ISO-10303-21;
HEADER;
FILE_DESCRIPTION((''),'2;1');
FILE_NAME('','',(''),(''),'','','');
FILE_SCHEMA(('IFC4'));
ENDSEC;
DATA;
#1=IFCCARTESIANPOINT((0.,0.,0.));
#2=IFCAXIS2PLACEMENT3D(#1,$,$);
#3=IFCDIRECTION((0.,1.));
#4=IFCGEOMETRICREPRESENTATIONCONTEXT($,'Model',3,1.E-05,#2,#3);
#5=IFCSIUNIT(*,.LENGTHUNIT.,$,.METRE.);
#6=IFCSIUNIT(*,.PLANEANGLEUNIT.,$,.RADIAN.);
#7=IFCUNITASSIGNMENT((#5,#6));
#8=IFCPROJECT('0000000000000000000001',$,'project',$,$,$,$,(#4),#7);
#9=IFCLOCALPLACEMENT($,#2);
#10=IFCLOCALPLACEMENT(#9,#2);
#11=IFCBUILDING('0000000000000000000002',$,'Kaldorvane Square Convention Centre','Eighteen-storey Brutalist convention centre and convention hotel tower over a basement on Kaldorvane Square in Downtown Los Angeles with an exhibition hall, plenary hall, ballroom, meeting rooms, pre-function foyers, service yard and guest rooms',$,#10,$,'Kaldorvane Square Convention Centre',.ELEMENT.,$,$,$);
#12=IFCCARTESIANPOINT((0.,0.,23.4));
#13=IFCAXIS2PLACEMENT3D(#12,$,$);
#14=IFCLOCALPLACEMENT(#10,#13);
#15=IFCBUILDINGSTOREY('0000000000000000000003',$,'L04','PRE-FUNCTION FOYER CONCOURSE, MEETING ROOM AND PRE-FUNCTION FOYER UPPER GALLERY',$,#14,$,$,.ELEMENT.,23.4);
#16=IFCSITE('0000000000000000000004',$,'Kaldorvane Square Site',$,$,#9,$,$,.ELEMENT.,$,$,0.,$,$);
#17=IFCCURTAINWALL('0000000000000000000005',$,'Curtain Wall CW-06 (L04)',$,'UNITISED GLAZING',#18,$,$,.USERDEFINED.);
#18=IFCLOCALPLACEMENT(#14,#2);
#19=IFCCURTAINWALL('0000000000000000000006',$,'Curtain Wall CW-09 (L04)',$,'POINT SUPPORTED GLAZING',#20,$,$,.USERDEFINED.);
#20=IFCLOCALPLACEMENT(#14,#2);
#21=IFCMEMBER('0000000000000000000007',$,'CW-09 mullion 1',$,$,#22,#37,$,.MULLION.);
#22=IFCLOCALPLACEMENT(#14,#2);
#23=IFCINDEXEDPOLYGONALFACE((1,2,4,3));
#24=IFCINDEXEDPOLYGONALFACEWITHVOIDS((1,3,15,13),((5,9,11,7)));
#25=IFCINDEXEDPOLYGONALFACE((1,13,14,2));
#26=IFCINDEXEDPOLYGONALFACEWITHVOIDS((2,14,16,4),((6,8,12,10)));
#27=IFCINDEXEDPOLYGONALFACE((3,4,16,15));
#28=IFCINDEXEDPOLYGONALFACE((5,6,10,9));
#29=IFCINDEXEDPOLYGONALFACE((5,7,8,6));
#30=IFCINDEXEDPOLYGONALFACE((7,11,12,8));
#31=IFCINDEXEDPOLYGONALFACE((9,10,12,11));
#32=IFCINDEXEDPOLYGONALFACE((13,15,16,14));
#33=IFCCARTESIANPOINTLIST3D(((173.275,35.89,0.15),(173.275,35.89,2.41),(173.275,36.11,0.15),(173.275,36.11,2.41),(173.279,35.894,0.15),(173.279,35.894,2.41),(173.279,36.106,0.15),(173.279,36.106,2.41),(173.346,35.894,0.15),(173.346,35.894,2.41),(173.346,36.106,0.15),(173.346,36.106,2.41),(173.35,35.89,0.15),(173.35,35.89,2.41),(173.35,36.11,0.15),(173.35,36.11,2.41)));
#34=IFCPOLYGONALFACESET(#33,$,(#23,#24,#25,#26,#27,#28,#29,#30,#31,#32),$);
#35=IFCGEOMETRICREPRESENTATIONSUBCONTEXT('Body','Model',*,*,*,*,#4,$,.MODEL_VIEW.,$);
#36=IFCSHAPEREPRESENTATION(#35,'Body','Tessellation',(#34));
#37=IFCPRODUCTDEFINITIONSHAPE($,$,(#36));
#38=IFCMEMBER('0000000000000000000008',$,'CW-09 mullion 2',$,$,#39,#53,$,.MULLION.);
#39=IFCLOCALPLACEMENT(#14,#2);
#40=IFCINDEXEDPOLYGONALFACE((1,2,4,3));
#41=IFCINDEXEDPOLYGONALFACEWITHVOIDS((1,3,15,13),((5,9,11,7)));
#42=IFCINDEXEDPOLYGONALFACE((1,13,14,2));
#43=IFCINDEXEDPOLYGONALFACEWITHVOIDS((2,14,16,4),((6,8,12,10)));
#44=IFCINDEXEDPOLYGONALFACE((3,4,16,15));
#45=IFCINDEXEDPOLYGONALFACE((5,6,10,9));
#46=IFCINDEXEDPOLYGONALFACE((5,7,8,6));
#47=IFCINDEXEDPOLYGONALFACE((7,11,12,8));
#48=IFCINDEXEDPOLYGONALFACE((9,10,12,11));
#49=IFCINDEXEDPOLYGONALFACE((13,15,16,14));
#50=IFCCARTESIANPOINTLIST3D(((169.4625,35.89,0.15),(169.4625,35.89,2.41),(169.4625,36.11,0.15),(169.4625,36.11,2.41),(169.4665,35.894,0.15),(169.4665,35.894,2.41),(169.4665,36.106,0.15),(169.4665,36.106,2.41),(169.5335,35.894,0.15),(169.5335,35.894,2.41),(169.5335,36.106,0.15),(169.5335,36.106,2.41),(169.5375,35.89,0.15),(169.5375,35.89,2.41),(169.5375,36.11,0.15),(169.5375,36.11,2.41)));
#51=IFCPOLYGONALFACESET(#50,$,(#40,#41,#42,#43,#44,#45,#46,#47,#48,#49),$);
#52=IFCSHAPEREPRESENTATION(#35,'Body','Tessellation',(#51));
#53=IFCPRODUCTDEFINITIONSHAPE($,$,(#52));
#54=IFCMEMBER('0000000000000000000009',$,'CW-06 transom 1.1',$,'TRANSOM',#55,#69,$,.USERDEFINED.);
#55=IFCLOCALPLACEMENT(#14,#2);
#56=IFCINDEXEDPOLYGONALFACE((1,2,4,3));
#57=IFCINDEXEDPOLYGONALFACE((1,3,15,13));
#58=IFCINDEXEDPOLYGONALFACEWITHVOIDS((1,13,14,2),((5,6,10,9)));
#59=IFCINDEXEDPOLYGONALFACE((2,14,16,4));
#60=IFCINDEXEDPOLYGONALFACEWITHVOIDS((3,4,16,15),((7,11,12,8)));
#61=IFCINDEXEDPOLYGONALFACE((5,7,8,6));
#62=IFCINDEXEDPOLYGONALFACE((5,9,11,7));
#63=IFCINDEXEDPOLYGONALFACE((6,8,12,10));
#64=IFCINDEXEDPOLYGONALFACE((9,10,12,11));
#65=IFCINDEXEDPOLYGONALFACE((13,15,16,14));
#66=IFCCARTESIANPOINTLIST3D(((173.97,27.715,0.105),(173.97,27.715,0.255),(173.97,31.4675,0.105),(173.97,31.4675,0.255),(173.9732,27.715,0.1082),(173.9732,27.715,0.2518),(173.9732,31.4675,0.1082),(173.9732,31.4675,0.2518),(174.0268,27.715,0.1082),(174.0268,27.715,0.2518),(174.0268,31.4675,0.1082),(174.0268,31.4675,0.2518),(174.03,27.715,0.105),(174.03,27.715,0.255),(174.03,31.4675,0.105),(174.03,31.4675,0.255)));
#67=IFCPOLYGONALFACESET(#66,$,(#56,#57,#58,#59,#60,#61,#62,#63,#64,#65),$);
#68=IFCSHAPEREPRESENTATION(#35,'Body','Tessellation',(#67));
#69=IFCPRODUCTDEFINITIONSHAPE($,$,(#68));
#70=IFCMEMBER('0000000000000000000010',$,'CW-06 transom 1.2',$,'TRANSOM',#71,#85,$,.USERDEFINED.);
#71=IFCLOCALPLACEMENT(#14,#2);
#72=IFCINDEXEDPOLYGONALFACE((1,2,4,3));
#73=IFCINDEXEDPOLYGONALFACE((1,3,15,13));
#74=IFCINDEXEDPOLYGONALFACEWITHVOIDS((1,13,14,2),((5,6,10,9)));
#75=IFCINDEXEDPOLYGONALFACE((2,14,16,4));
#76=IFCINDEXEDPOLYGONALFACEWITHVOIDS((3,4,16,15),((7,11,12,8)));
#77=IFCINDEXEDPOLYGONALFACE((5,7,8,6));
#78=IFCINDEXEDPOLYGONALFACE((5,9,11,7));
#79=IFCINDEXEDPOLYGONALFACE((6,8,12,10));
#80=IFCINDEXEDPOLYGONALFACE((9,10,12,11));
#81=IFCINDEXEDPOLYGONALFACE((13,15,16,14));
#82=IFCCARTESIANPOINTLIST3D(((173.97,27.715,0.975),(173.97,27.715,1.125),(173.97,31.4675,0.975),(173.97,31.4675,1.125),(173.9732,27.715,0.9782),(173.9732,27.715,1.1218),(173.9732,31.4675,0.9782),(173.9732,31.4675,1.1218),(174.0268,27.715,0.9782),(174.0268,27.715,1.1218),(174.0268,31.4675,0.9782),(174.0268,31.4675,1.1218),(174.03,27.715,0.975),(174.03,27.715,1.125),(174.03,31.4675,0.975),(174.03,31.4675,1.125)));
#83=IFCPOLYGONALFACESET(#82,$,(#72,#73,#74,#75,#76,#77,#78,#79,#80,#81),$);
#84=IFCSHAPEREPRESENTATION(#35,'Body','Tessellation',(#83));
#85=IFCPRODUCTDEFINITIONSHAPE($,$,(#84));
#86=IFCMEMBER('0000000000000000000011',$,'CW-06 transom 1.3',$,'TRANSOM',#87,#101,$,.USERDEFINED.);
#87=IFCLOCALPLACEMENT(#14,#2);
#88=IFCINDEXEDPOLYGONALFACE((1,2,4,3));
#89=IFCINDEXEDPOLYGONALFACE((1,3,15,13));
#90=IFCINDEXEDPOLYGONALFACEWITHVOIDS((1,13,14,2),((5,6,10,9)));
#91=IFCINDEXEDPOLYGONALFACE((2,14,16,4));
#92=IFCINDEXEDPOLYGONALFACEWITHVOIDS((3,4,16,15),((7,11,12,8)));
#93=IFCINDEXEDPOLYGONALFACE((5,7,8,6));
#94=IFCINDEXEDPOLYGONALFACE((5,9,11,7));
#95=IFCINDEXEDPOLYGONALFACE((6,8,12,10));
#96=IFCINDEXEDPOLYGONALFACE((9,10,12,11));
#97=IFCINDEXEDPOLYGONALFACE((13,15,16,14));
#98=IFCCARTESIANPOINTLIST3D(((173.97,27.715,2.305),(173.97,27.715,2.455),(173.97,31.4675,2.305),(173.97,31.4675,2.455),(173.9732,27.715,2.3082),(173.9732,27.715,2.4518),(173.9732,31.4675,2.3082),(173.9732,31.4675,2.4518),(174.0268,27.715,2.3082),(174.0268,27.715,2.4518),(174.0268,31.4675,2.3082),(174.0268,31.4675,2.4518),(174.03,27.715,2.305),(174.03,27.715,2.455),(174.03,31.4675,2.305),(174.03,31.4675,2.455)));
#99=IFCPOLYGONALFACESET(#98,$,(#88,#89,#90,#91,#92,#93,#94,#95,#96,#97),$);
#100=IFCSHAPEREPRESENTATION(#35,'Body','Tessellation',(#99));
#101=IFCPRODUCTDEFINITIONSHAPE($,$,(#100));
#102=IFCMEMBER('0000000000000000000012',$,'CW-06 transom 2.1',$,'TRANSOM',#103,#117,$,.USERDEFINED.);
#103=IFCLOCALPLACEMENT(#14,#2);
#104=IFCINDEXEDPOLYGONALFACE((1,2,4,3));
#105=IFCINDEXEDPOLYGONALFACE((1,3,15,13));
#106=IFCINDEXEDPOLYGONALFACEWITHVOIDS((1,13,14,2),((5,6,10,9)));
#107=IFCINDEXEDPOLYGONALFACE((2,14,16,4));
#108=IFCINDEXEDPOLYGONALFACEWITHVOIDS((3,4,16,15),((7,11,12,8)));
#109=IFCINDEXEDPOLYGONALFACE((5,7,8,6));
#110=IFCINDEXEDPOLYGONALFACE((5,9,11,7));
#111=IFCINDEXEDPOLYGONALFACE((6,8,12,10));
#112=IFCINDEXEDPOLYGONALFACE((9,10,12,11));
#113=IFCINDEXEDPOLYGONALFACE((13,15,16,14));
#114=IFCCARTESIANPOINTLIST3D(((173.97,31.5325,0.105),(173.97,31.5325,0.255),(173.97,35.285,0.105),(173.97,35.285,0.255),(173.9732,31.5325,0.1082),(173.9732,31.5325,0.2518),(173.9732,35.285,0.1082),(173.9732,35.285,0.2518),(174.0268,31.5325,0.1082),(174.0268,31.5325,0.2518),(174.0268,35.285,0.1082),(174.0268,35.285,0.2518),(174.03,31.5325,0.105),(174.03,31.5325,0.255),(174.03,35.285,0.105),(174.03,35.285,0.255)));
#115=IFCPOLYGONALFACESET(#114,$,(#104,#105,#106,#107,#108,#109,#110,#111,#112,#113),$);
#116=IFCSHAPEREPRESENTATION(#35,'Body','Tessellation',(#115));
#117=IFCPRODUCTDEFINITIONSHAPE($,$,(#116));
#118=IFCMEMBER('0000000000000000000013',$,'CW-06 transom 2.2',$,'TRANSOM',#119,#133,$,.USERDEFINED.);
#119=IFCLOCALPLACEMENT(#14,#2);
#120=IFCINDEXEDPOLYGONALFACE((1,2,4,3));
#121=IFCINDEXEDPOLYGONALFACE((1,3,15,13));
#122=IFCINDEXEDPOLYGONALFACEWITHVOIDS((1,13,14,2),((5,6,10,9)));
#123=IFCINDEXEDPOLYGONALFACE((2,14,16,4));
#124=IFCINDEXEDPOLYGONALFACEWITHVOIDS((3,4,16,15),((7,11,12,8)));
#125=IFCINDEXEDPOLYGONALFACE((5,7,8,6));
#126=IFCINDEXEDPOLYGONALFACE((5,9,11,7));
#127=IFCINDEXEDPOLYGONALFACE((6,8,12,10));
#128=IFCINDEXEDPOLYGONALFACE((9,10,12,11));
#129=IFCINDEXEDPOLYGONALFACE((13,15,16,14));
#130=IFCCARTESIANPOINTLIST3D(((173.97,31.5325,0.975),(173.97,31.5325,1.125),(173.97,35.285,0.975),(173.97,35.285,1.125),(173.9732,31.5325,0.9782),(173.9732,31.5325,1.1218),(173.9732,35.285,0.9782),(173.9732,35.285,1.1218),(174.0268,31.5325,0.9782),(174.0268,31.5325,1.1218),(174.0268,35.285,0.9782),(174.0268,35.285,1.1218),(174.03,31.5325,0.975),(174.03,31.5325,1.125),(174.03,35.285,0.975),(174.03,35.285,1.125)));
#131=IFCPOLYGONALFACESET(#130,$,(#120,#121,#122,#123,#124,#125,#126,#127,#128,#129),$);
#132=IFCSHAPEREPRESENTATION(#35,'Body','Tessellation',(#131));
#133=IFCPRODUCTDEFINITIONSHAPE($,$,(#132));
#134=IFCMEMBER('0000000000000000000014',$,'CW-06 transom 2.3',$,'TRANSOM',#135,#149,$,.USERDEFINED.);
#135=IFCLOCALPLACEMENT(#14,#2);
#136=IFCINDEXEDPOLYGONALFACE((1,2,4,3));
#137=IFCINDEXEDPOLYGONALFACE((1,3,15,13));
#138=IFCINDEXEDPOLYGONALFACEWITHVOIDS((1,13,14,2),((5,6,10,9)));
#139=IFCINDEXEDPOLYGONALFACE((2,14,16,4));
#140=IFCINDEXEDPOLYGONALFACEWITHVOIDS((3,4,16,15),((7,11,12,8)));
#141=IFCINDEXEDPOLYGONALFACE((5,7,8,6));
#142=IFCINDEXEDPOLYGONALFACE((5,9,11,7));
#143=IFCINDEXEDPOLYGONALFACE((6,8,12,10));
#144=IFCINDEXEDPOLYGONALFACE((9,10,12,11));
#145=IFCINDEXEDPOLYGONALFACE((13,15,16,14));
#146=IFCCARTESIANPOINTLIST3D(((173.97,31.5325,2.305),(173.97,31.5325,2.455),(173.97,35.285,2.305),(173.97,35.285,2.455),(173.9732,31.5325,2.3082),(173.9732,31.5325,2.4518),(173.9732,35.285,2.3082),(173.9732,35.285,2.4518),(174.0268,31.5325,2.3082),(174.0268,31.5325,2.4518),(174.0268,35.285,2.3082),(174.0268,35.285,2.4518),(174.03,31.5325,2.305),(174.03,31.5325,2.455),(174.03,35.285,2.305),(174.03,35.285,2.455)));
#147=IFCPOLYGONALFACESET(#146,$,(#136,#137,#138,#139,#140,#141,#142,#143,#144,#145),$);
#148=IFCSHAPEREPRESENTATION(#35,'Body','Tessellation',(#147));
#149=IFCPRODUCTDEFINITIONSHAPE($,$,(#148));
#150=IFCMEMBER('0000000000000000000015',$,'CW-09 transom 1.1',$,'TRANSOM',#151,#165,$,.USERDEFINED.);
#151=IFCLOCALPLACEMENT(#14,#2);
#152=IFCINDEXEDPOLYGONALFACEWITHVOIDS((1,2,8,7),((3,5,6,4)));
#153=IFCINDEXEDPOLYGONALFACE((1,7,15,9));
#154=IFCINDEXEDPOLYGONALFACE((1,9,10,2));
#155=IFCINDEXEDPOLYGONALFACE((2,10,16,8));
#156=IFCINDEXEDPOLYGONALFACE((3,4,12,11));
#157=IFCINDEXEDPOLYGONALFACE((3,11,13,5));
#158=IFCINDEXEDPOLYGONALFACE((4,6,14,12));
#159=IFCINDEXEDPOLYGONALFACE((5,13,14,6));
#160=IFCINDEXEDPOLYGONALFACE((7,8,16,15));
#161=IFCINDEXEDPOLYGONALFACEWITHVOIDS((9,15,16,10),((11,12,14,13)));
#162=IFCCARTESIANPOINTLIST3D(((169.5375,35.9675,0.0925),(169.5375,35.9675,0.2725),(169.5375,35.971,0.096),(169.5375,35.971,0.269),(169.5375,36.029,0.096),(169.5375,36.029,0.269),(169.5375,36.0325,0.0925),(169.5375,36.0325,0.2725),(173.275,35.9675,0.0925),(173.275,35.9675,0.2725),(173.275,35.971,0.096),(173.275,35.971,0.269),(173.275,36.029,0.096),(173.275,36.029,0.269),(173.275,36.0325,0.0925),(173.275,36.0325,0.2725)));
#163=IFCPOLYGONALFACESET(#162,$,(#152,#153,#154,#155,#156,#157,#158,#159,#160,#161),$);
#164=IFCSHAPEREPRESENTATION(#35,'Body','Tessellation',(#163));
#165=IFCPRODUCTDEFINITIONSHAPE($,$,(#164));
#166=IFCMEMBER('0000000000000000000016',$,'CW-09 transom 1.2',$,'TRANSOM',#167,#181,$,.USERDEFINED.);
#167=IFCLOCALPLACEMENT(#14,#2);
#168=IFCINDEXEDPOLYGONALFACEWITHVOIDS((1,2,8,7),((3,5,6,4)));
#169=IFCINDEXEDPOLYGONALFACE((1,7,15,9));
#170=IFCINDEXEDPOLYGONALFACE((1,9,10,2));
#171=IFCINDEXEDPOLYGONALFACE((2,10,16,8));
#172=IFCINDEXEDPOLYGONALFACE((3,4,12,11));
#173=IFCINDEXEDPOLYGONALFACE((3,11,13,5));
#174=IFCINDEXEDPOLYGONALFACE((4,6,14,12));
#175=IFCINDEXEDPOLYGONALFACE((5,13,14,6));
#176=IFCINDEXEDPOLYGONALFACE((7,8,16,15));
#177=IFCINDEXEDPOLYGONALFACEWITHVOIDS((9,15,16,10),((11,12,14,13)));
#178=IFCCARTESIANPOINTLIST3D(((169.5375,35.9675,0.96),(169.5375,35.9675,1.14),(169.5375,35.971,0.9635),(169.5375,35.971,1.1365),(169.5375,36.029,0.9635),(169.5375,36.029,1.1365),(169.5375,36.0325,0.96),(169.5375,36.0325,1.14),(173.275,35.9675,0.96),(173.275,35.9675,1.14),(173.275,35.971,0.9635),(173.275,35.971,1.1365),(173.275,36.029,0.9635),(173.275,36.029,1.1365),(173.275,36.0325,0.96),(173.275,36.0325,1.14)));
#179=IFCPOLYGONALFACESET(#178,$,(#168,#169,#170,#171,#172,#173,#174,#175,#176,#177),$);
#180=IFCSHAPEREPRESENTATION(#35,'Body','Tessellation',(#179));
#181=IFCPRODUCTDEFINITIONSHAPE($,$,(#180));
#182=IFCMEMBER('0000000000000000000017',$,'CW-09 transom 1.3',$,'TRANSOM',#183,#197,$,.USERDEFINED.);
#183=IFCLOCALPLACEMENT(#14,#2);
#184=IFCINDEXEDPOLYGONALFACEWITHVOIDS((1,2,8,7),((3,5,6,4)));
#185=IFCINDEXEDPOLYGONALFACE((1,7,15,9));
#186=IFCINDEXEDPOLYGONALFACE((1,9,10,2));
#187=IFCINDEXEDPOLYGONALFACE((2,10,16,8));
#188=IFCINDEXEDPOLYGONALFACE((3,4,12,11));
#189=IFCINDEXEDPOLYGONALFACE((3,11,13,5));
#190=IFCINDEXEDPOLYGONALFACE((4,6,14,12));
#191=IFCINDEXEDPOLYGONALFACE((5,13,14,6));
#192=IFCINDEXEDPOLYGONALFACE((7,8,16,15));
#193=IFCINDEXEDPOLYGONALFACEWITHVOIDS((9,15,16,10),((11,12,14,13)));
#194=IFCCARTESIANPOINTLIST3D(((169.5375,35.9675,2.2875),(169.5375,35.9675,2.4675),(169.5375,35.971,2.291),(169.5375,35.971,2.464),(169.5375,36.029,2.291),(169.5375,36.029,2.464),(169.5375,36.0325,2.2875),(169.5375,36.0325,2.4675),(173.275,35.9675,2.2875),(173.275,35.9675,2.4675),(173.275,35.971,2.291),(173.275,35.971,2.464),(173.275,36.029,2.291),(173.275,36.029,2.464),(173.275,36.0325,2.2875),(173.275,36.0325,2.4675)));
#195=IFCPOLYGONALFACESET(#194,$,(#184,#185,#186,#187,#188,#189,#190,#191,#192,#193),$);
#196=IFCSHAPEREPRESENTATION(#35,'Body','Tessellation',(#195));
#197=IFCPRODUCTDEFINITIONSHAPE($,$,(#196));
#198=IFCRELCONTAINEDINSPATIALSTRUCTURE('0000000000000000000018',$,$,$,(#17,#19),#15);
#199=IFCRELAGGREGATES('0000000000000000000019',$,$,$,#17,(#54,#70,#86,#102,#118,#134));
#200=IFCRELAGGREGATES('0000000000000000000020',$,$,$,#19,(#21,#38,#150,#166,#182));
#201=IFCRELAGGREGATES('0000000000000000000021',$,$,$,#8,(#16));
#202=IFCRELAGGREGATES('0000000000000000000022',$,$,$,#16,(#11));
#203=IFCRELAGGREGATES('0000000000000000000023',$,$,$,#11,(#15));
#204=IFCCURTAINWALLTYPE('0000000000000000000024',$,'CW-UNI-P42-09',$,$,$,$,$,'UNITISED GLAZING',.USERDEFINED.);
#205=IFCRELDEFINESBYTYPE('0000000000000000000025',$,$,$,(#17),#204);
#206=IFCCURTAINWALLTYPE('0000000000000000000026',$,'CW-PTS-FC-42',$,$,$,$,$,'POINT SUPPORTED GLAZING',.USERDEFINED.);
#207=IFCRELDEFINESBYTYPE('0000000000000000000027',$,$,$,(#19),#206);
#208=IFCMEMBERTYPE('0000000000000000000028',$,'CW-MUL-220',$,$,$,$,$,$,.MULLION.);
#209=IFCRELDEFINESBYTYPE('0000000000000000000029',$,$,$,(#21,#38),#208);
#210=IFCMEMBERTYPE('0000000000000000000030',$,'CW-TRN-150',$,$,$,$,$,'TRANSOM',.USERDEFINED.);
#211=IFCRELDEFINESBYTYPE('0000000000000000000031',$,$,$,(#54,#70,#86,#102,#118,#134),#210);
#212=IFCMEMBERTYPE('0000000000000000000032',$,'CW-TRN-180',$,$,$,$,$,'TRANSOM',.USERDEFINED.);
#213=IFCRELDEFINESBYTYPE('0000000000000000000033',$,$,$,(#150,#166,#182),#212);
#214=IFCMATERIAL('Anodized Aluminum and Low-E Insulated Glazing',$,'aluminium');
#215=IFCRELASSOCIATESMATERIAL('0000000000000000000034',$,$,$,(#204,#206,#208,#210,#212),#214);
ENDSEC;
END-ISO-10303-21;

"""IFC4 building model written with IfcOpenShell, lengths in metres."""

from ifc_helpers import new_model, si_unit, direction, frame, origin, origin_2d, place, context, subcontext, project, spatial, hollow_rectangle, extrude, material, material_profile, profile_set, type_object, element, aggregate, save


model = new_model("IFC4")

# Units and contexts
model_context = context("Model", 3, precision=1e-05, world=origin(), true_north=direction((0.0, 1.0)))
body_context = subcontext(model_context, "Body", "Model", "MODEL_VIEW")
ifc_project = project(units=[si_unit("LENGTHUNIT", "METRE"), si_unit("PLANEANGLEUNIT", "RADIAN")], contexts=[model_context])

# Site, building, storey
site_placement = place(None, origin())
site = spatial("IfcSite", under=ifc_project, at=site_placement, Name="Kaldorvane Square Site", CompositionType="ELEMENT", RefElevation=0.0)
building_placement = place(site_placement, origin())
building = spatial("IfcBuilding", under=site, at=building_placement, Name="Kaldorvane Square Convention Centre", Description="Eighteen-storey Brutalist convention centre and convention hotel tower over a basement on Kaldorvane Square in Downtown Los Angeles with an exhibition hall, plenary hall, ballroom, meeting rooms, pre-function foyers, service yard and guest rooms", LongName="Kaldorvane Square Convention Centre", CompositionType="ELEMENT")
storey_placement = place(building_placement, frame((0.0, 0.0, 23.4)))
storey = spatial("IfcBuildingStorey", under=building, at=storey_placement, Name="L04", Description="PRE-FUNCTION FOYER CONCOURSE, MEETING ROOM AND PRE-FUNCTION FOYER UPPER GALLERY", CompositionType="ELEMENT", Elevation=23.4)

# Shared definitions
ifc_material_1 = material(Name="Anodized Aluminum and Low-E Insulated Glazing", Category="aluminium")
curtain_wall_type_1 = type_object("IfcCurtainWallType", Name="CW-UNI-P42-09", ElementType="UNITISED GLAZING", PredefinedType="USERDEFINED", material=ifc_material_1)

# Curtain walls, members
curtain_wall_1_placement = place(storey_placement, origin())
curtain_wall_1 = element("IfcCurtainWall", 1, at=curtain_wall_1_placement, inside=storey, type_object=curtain_wall_type_1, Name="Curtain Wall CW-06 (L04)", ObjectType="UNITISED GLAZING", PredefinedType="USERDEFINED")
curtain_wall_type_2 = type_object("IfcCurtainWallType", Name="CW-PTS-FC-42", ElementType="POINT SUPPORTED GLAZING", PredefinedType="USERDEFINED", material=ifc_material_1)
curtain_wall_2_placement = place(storey_placement, origin())
curtain_wall_2 = element("IfcCurtainWall", 2, at=curtain_wall_2_placement, inside=storey, type_object=curtain_wall_type_2, Name="Curtain Wall CW-09 (L04)", ObjectType="POINT SUPPORTED GLAZING", PredefinedType="USERDEFINED")
ifc_material_profile_1 = material_profile(ifc_material_1, hollow_rectangle(XDim=0.075, YDim=0.22, WallThickness=0.004, at=origin_2d()), Name="CWM-220X75")
ifc_profile_set_1 = profile_set([ifc_material_profile_1], Name="Anodized Aluminum and Low-E Insulated Glazing")
member_type_1 = type_object("IfcMemberType", Name="CW-MUL-220", PredefinedType="MULLION", material=ifc_profile_set_1)
member_1_placement = place(storey_placement, frame((173.3125, 36.0, 0.15), z_axis=(0.0, 0.0, 1.0), x_axis=(-1.0, 0.0, 0.0)))
member_1 = element("IfcMember", 3, at=member_1_placement, type_object=member_type_1, Name="CW-09 mullion 1", PredefinedType="MULLION", context=body_context, shape_type="SweptSolid", body=[
    extrude(hollow_rectangle(XDim=0.075, YDim=0.22, WallThickness=0.004, at=origin_2d()), origin(), (0.0, 0.0, 1.0), 2.26),
])
member_2_placement = place(storey_placement, frame((169.5, 36.0, 0.15), z_axis=(0.0, 0.0, 1.0), x_axis=(-1.0, 0.0, 0.0)))
member_2 = element("IfcMember", 4, at=member_2_placement, type_object=member_type_1, Name="CW-09 mullion 2", PredefinedType="MULLION", context=body_context, shape_type="SweptSolid", body=[
    extrude(hollow_rectangle(XDim=0.075, YDim=0.22, WallThickness=0.004, at=origin_2d()), origin(), (0.0, 0.0, 1.0), 2.26),
])

# Members
ifc_material_profile_2 = material_profile(ifc_material_1, hollow_rectangle(XDim=0.06, YDim=0.15, WallThickness=0.0032, at=origin_2d()), Name="CWT-150X60")
ifc_profile_set_2 = profile_set([ifc_material_profile_2], Name="Anodized Aluminum and Low-E Insulated Glazing")
member_type_2 = type_object("IfcMemberType", Name="CW-TRN-150", ElementType="TRANSOM", PredefinedType="USERDEFINED", material=ifc_profile_set_2)
member_3_placement = place(storey_placement, frame((174.0, 27.715, 0.18), z_axis=(0.0, 1.0, 0.0), x_axis=(-1.0, 0.0, 0.0)))
member_3 = element("IfcMember", 5, at=member_3_placement, type_object=member_type_2, Name="CW-06 transom 1.1", ObjectType="TRANSOM", PredefinedType="USERDEFINED", context=body_context, shape_type="SweptSolid", body=[
    extrude(hollow_rectangle(XDim=0.06, YDim=0.15, WallThickness=0.0032, at=origin_2d()), origin(), (0.0, 0.0, 1.0), 3.7525),
])
member_4_placement = place(storey_placement, frame((174.0, 27.715, 1.05), z_axis=(0.0, 1.0, 0.0), x_axis=(-1.0, 0.0, 0.0)))
member_4 = element("IfcMember", 6, at=member_4_placement, type_object=member_type_2, Name="CW-06 transom 1.2", ObjectType="TRANSOM", PredefinedType="USERDEFINED", context=body_context, shape_type="SweptSolid", body=[
    extrude(hollow_rectangle(XDim=0.06, YDim=0.15, WallThickness=0.0032, at=origin_2d()), origin(), (0.0, 0.0, 1.0), 3.7525),
])
member_5_placement = place(storey_placement, frame((174.0, 27.715, 2.38), z_axis=(0.0, 1.0, 0.0), x_axis=(-1.0, 0.0, 0.0)))
member_5 = element("IfcMember", 7, at=member_5_placement, type_object=member_type_2, Name="CW-06 transom 1.3", ObjectType="TRANSOM", PredefinedType="USERDEFINED", context=body_context, shape_type="SweptSolid", body=[
    extrude(hollow_rectangle(XDim=0.06, YDim=0.15, WallThickness=0.0032, at=origin_2d()), origin(), (0.0, 0.0, 1.0), 3.7525),
])
member_6_placement = place(storey_placement, frame((174.0, 31.5325, 0.18), z_axis=(0.0, 1.0, 0.0), x_axis=(-1.0, 0.0, 0.0)))
member_6 = element("IfcMember", 8, at=member_6_placement, type_object=member_type_2, Name="CW-06 transom 2.1", ObjectType="TRANSOM", PredefinedType="USERDEFINED", context=body_context, shape_type="SweptSolid", body=[
    extrude(hollow_rectangle(XDim=0.06, YDim=0.15, WallThickness=0.0032, at=origin_2d()), origin(), (0.0, 0.0, 1.0), 3.7525),
])
member_7_placement = place(storey_placement, frame((174.0, 31.5325, 1.05), z_axis=(0.0, 1.0, 0.0), x_axis=(-1.0, 0.0, 0.0)))
member_7 = element("IfcMember", 9, at=member_7_placement, type_object=member_type_2, Name="CW-06 transom 2.2", ObjectType="TRANSOM", PredefinedType="USERDEFINED", context=body_context, shape_type="SweptSolid", body=[
    extrude(hollow_rectangle(XDim=0.06, YDim=0.15, WallThickness=0.0032, at=origin_2d()), origin(), (0.0, 0.0, 1.0), 3.7525),
])
member_8_placement = place(storey_placement, frame((174.0, 31.5325, 2.38), z_axis=(0.0, 1.0, 0.0), x_axis=(-1.0, 0.0, 0.0)))
member_8 = element("IfcMember", 10, at=member_8_placement, type_object=member_type_2, Name="CW-06 transom 2.3", ObjectType="TRANSOM", PredefinedType="USERDEFINED", context=body_context, shape_type="SweptSolid", body=[
    extrude(hollow_rectangle(XDim=0.06, YDim=0.15, WallThickness=0.0032, at=origin_2d()), origin(), (0.0, 0.0, 1.0), 3.7525),
])
ifc_material_profile_3 = material_profile(ifc_material_1, hollow_rectangle(XDim=0.065, YDim=0.18, WallThickness=0.0035, at=origin_2d()), Name="CWT-180X65")
ifc_profile_set_3 = profile_set([ifc_material_profile_3], Name="Anodized Aluminum and Low-E Insulated Glazing")
member_type_3 = type_object("IfcMemberType", Name="CW-TRN-180", ElementType="TRANSOM", PredefinedType="USERDEFINED", material=ifc_profile_set_3)
member_9_placement = place(storey_placement, frame((173.275, 36.0, 0.1825), z_axis=(-1.0, 0.0, 0.0), x_axis=(0.0, -1.0, 0.0)))
member_9 = element("IfcMember", 11, at=member_9_placement, type_object=member_type_3, Name="CW-09 transom 1.1", ObjectType="TRANSOM", PredefinedType="USERDEFINED", context=body_context, shape_type="SweptSolid", body=[
    extrude(hollow_rectangle(XDim=0.065, YDim=0.18, WallThickness=0.0035, at=origin_2d()), origin(), (0.0, 0.0, 1.0), 3.7375),
])
member_10_placement = place(storey_placement, frame((173.275, 36.0, 1.05), z_axis=(-1.0, 0.0, 0.0), x_axis=(0.0, -1.0, 0.0)))
member_10 = element("IfcMember", 12, at=member_10_placement, type_object=member_type_3, Name="CW-09 transom 1.2", ObjectType="TRANSOM", PredefinedType="USERDEFINED", context=body_context, shape_type="SweptSolid", body=[
    extrude(hollow_rectangle(XDim=0.065, YDim=0.18, WallThickness=0.0035, at=origin_2d()), origin(), (0.0, 0.0, 1.0), 3.7375),
])
member_11_placement = place(storey_placement, frame((173.275, 36.0, 2.3775), z_axis=(-1.0, 0.0, 0.0), x_axis=(0.0, -1.0, 0.0)))
member_11 = element("IfcMember", 13, at=member_11_placement, type_object=member_type_3, Name="CW-09 transom 1.3", ObjectType="TRANSOM", PredefinedType="USERDEFINED", context=body_context, shape_type="SweptSolid", body=[
    extrude(hollow_rectangle(XDim=0.065, YDim=0.18, WallThickness=0.0035, at=origin_2d()), origin(), (0.0, 0.0, 1.0), 3.7375),
])

aggregate(curtain_wall_1, [member_3, member_4, member_5, member_6, member_7, member_8])
aggregate(curtain_wall_2, [member_1, member_2, member_9, member_10, member_11])

save(model, "model.ifc")
